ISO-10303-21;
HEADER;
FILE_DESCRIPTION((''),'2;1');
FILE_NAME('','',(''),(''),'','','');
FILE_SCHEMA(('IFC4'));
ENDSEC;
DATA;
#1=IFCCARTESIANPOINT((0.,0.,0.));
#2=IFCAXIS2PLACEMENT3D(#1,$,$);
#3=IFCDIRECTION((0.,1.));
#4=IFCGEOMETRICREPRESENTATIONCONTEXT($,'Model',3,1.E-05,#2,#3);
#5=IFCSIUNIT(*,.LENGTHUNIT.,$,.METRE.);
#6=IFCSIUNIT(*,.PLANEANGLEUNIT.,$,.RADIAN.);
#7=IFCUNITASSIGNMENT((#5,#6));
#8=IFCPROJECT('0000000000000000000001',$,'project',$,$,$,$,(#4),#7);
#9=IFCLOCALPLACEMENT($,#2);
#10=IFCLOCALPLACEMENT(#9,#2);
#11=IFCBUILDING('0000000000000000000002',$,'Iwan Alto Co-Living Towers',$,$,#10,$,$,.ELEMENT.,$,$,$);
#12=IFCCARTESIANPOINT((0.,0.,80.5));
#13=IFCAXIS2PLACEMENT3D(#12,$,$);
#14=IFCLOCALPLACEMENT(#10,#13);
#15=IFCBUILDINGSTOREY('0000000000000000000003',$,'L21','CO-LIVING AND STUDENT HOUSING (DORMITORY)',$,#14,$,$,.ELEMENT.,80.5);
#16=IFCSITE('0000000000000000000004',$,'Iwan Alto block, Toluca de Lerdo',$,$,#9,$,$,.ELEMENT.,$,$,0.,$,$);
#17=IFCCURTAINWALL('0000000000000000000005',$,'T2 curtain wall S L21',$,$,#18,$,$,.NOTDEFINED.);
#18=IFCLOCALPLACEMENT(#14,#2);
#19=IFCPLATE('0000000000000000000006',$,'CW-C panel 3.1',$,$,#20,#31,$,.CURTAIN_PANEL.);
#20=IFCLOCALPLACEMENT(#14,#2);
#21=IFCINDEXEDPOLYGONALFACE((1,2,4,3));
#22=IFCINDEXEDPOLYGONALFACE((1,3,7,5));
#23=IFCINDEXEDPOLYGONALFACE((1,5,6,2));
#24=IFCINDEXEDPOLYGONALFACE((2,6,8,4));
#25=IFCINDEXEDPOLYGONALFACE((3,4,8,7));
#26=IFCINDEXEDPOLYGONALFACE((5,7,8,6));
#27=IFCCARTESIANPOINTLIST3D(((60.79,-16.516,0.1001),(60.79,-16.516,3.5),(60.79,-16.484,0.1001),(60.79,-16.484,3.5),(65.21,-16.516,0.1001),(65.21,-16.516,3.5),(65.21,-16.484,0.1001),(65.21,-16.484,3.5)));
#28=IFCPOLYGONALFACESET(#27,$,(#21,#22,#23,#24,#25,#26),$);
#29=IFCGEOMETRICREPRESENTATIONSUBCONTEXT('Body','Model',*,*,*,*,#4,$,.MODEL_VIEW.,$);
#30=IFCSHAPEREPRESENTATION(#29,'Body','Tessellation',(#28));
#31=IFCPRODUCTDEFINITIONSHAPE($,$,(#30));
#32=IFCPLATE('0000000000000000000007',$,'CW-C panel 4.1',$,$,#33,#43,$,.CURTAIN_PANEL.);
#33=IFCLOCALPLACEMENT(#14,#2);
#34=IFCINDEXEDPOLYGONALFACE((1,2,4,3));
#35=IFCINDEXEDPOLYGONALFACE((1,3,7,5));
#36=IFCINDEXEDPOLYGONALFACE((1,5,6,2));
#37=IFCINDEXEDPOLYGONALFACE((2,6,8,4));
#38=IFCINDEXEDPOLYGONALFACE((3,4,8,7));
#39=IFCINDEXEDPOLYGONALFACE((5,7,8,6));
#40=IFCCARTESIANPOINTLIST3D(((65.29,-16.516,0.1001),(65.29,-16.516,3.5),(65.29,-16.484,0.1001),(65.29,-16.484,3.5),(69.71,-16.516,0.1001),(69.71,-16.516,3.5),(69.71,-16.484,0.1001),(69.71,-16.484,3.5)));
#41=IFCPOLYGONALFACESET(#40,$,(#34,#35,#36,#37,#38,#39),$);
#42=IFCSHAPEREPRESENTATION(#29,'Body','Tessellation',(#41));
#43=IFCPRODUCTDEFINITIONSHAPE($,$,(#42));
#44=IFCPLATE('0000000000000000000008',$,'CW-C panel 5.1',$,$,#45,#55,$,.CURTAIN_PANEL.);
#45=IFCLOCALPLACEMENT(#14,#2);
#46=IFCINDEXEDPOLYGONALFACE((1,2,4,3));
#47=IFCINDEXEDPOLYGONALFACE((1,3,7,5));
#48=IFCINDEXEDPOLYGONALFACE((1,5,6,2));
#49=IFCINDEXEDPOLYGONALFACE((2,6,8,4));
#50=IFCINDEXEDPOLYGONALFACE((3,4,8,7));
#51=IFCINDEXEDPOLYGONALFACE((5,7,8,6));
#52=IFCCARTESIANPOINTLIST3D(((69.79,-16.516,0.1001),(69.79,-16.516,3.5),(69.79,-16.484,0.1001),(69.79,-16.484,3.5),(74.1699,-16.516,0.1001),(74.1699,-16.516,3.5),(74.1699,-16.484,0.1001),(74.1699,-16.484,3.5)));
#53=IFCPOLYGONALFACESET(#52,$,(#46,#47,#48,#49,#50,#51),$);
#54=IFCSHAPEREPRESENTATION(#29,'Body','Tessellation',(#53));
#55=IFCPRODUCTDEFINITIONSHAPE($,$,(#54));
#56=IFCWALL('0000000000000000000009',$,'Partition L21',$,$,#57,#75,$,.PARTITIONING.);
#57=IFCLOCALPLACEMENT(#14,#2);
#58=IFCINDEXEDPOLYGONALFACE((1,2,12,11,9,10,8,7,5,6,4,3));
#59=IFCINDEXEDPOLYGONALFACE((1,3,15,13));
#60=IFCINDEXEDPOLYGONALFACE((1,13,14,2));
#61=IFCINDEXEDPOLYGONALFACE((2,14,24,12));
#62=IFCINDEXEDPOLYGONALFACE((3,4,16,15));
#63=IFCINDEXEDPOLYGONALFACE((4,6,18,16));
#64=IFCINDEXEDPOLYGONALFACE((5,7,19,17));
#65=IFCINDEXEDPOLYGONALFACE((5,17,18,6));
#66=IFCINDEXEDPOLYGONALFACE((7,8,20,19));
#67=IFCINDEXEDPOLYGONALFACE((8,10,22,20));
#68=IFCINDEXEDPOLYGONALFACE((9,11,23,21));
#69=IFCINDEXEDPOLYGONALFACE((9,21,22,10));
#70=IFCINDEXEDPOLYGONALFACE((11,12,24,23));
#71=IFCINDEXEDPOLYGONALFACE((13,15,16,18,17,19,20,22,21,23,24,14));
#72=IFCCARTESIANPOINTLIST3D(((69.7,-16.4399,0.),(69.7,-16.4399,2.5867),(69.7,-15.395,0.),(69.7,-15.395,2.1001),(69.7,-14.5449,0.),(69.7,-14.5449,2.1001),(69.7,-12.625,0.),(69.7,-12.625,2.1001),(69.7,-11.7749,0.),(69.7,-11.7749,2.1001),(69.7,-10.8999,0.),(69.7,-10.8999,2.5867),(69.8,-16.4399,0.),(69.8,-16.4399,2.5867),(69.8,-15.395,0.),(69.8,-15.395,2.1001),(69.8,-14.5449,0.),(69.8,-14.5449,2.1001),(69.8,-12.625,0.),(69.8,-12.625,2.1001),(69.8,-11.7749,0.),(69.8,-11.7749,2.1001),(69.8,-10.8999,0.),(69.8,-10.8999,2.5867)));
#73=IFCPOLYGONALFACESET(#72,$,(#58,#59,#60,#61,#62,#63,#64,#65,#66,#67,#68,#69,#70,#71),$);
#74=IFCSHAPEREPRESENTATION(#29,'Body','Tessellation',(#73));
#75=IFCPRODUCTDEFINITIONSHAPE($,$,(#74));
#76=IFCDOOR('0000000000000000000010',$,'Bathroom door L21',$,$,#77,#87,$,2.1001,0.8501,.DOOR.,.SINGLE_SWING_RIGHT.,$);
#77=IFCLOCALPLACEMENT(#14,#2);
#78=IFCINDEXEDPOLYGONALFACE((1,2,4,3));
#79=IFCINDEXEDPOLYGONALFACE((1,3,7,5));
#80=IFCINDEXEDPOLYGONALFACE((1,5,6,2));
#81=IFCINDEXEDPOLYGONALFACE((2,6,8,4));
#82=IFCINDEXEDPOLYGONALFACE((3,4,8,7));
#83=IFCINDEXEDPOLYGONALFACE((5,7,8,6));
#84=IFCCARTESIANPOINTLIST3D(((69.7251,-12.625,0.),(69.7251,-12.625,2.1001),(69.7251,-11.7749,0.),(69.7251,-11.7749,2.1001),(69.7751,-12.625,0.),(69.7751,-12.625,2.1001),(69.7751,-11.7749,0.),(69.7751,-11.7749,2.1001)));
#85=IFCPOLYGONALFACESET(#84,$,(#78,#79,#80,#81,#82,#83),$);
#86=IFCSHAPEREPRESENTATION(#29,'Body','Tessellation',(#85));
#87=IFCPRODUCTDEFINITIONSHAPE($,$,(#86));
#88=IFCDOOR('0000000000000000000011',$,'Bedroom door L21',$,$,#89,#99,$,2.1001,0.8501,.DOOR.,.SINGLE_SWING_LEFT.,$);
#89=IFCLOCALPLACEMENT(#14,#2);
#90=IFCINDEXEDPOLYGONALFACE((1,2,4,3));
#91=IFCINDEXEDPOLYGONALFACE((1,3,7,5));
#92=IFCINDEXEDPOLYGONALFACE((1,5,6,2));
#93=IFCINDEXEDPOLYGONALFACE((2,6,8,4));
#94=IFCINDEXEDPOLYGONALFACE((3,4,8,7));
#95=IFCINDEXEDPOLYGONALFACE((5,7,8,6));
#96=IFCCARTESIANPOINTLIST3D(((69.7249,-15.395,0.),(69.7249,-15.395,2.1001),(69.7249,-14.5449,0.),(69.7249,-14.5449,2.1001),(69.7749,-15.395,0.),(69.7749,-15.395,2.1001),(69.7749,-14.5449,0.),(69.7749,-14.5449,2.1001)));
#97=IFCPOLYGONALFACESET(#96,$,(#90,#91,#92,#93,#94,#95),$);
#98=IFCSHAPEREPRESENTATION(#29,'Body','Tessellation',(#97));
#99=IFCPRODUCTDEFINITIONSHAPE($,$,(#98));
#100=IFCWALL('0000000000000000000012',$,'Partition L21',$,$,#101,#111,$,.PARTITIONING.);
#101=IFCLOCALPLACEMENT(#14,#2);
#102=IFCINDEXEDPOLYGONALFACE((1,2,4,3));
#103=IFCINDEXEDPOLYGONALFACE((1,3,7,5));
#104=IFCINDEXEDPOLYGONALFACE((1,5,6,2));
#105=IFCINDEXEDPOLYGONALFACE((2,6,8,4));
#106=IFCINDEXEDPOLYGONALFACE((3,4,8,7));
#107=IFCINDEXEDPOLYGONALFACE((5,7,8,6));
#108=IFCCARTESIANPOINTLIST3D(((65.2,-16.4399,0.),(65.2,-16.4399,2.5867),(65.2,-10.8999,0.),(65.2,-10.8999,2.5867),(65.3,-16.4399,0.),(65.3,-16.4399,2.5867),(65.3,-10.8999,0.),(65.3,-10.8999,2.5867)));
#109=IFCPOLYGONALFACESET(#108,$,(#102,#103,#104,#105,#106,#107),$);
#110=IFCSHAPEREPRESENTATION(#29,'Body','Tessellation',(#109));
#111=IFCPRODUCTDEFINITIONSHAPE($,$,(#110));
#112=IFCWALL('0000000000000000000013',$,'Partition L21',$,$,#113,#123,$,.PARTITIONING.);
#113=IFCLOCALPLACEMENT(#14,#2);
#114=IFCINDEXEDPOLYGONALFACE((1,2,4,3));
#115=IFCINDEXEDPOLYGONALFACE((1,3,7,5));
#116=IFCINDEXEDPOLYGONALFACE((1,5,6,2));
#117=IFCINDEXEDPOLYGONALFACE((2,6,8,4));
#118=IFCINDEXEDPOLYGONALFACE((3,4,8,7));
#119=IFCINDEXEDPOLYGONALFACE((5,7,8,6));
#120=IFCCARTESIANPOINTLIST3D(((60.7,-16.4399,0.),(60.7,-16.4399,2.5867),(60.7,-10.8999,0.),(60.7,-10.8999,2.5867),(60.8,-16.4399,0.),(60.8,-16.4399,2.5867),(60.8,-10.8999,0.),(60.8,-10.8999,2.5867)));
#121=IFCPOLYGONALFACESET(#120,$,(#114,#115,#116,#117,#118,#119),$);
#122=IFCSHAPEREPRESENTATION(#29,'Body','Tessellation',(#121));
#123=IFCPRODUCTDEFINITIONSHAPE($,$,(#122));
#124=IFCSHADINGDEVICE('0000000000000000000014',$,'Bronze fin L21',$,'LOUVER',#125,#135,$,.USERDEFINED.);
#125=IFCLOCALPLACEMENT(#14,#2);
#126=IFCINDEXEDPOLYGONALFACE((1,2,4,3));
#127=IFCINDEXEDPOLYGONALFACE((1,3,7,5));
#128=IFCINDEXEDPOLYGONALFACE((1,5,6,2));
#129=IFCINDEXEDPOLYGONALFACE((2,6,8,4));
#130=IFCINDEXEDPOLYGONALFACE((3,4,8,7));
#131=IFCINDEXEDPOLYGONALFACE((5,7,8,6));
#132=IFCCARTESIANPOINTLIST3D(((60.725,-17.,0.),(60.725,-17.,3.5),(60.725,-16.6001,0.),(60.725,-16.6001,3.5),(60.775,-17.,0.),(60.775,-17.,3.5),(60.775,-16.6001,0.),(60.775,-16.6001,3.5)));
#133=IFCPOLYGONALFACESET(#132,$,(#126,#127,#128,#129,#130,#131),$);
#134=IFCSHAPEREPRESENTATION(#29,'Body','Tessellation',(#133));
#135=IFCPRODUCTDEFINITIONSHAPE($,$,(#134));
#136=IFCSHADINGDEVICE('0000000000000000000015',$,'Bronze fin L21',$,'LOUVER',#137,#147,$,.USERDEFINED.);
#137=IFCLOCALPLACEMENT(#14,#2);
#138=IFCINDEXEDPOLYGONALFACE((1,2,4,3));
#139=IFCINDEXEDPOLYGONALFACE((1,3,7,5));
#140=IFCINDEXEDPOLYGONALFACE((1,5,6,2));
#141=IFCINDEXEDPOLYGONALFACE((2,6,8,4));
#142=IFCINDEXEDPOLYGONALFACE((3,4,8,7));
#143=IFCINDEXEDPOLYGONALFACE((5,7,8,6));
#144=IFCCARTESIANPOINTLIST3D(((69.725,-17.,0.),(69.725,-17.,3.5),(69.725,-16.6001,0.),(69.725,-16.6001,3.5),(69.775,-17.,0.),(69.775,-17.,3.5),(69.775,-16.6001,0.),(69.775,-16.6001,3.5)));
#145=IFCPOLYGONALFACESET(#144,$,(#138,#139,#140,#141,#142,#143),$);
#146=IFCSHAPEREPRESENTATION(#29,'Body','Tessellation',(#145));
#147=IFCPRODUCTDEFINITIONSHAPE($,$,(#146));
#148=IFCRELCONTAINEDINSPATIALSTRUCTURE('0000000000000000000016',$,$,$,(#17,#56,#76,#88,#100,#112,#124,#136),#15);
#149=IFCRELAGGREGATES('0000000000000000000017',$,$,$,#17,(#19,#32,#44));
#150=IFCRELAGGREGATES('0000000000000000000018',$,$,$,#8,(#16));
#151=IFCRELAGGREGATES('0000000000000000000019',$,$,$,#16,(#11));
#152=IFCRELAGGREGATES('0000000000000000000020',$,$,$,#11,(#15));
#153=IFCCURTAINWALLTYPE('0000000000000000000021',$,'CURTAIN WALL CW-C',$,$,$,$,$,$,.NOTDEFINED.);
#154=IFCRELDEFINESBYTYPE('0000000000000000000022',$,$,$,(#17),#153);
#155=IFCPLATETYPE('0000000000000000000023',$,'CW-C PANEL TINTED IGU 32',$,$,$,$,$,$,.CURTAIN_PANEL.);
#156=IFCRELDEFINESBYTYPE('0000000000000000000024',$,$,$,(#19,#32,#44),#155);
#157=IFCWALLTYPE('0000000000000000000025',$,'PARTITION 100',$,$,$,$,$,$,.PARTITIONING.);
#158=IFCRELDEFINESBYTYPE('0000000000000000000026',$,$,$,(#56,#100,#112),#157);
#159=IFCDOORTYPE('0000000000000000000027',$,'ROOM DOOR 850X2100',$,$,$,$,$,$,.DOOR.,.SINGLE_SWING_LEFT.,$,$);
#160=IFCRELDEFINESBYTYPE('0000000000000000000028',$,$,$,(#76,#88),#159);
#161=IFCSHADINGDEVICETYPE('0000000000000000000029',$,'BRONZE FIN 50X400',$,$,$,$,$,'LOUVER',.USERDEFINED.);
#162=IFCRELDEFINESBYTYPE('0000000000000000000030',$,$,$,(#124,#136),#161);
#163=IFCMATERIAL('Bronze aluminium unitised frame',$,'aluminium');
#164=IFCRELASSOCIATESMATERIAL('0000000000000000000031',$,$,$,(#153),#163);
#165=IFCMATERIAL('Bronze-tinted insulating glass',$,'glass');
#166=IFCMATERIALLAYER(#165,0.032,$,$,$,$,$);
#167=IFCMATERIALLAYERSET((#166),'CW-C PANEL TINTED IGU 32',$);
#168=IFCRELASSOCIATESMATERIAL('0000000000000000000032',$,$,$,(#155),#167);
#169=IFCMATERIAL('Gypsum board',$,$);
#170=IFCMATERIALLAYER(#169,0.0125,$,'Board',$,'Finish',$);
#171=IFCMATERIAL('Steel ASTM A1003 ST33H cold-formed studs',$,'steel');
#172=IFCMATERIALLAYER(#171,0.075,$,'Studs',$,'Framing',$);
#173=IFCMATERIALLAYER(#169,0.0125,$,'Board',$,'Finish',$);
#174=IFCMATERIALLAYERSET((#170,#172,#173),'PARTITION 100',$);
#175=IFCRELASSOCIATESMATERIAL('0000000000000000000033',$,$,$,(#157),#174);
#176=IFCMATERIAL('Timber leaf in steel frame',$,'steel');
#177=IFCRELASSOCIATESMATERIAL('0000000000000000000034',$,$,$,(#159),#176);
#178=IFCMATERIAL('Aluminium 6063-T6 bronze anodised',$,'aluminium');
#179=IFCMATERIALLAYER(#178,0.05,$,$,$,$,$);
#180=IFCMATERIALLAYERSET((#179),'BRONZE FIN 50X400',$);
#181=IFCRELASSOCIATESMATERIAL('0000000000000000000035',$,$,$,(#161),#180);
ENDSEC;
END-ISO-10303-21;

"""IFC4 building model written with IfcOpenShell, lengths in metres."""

from ifc_helpers import new_model, si_unit, direction, frame, frame_2d, origin, origin_2d, place, context, subcontext, project, spatial, rectangle, extrude, material, layer, layer_set, type_object, element, fill, aggregate, save


model = new_model("IFC4")

# Units and contexts
model_context = context("Model", 3, precision=1e-05, world=origin(), true_north=direction((0.0, 1.0)))
body_context = subcontext(model_context, "Body", "Model", "MODEL_VIEW")
ifc_project = project(units=[si_unit("LENGTHUNIT", "METRE"), si_unit("PLANEANGLEUNIT", "RADIAN")], contexts=[model_context])

# Site, building, storey
site_placement = place(None, origin())
site = spatial("IfcSite", under=ifc_project, at=site_placement, Name="Iwan Alto block, Toluca de Lerdo", CompositionType="ELEMENT", RefElevation=0.0)
building_placement = place(site_placement, origin())
building = spatial("IfcBuilding", under=site, at=building_placement, Name="Iwan Alto Co-Living Towers", CompositionType="ELEMENT")
storey_placement = place(building_placement, frame((0.0, 0.0, 80.5)))
storey = spatial("IfcBuildingStorey", under=building, at=storey_placement, Name="L21", Description="CO-LIVING AND STUDENT HOUSING (DORMITORY)", CompositionType="ELEMENT", Elevation=80.5)

# Curtain wall
ifc_material_1 = material(Name="Bronze aluminium unitised frame", Category="aluminium")
curtain_wall_type = type_object("IfcCurtainWallType", Name="CURTAIN WALL CW-C", PredefinedType="NOTDEFINED", material=ifc_material_1)
curtain_wall_placement = place(storey_placement, origin())
curtain_wall = element("IfcCurtainWall", 1, at=curtain_wall_placement, inside=storey, type_object=curtain_wall_type, Name="T2 curtain wall S L21", PredefinedType="NOTDEFINED")

# Plates
ifc_material_2 = material(Name="Bronze-tinted insulating glass", Category="glass")
ifc_layer_1 = layer(ifc_material_2, 0.032)
ifc_layer_set_1 = layer_set([ifc_layer_1], Name="CW-C PANEL TINTED IGU 32")
plate_type = type_object("IfcPlateType", Name="CW-C PANEL TINTED IGU 32", PredefinedType="CURTAIN_PANEL", material=ifc_layer_set_1)
plate_1_placement = place(storey_placement, frame((63.0, -16.5, 0.1001), z_axis=(0.0, 0.0, 1.0), x_axis=(1.0, 0.0, 0.0)))
plate_1 = element("IfcPlate", 2, at=plate_1_placement, type_object=plate_type, Name="CW-C panel 3.1", PredefinedType="CURTAIN_PANEL", context=body_context, shape_type="SweptSolid", body=[
    extrude(rectangle(XDim=4.4199, YDim=0.032, at=origin_2d()), origin(), (0.0, 0.0, 1.0), 3.3999),
])
plate_2_placement = place(storey_placement, frame((67.5, -16.5, 0.1001), z_axis=(0.0, 0.0, 1.0), x_axis=(1.0, 0.0, 0.0)))
plate_2 = element("IfcPlate", 3, at=plate_2_placement, type_object=plate_type, Name="CW-C panel 4.1", PredefinedType="CURTAIN_PANEL", context=body_context, shape_type="SweptSolid", body=[
    extrude(rectangle(XDim=4.4199, YDim=0.032, at=origin_2d()), origin(), (0.0, 0.0, 1.0), 3.3999),
])
plate_3_placement = place(storey_placement, frame((71.98, -16.5, 0.1001), z_axis=(0.0, 0.0, 1.0), x_axis=(1.0, 0.0, 0.0)))
plate_3 = element("IfcPlate", 4, at=plate_3_placement, type_object=plate_type, Name="CW-C panel 5.1", PredefinedType="CURTAIN_PANEL", context=body_context, shape_type="SweptSolid", body=[
    extrude(rectangle(XDim=4.3799, YDim=0.032, at=origin_2d()), origin(), (0.0, 0.0, 1.0), 3.3999),
])
aggregate(curtain_wall, [plate_1, plate_2, plate_3])

# Wall, openings, doors
ifc_material_3 = material(Name="Gypsum board")
ifc_layer_2 = layer(ifc_material_3, 0.0125, Name="Board", Category="Finish")
ifc_material_4 = material(Name="Steel ASTM A1003 ST33H cold-formed studs", Category="steel")
ifc_layer_3 = layer(ifc_material_4, 0.075, Name="Studs", Category="Framing")
ifc_layer_4 = layer(ifc_material_3, 0.0125, Name="Board", Category="Finish")
ifc_layer_set_2 = layer_set([ifc_layer_2, ifc_layer_3, ifc_layer_4], Name="PARTITION 100")
wall_type = type_object("IfcWallType", Name="PARTITION 100", PredefinedType="PARTITIONING", material=ifc_layer_set_2)
wall_placement = place(storey_placement, frame((69.75, -16.4399, 0.0), z_axis=(0.0, 0.0, 1.0), x_axis=(0.0, 1.0, 0.0)))
wall = element("IfcWall", 5, at=wall_placement, inside=storey, type_object=wall_type, Name="Partition L21", PredefinedType="PARTITIONING", context=body_context, shape_type="SweptSolid", body=[
    extrude(rectangle(XDim=5.54, YDim=0.1001, at=frame_2d((2.77, 0.0))), origin(), (0.0, 0.0, 1.0), 2.5867),
])
opening_1_placement = place(wall_placement, frame((3.8149, 0.0, 0.0)))
opening_1 = element("IfcOpeningElement", 6, at=opening_1_placement, cuts=wall, PredefinedType="OPENING", context=body_context, shape_type="SweptSolid", body=[
    extrude(rectangle(XDim=0.8501, YDim=2.1001, at=frame_2d((0.425, 1.05))), frame((0.0, 0.0601, 0.0), z_axis=(0.0, -1.0, 0.0), x_axis=(1.0, 0.0, 0.0)), (0.0, 0.0, 1.0), 0.1201),
])
opening_2_placement = place(wall_placement, frame((1.0449, 0.0, 0.0)))
opening_2 = element("IfcOpeningElement", 7, at=opening_2_placement, cuts=wall, PredefinedType="OPENING", context=body_context, shape_type="SweptSolid", body=[
    extrude(rectangle(XDim=0.8501, YDim=2.1001, at=frame_2d((0.425, 1.05))), frame((0.0, 0.0601, 0.0), z_axis=(0.0, -1.0, 0.0), x_axis=(1.0, 0.0, 0.0)), (0.0, 0.0, 1.0), 0.1201),
])
ifc_material_5 = material(Name="Timber leaf in steel frame", Category="steel")
door_type = type_object("IfcDoorType", Name="ROOM DOOR 850X2100", OperationType="SINGLE_SWING_LEFT", PredefinedType="DOOR", material=ifc_material_5)
door_1_placement = place(opening_1_placement, origin())
door_1 = element("IfcDoor", 8, at=door_1_placement, inside=storey, type_object=door_type, Name="Bathroom door L21", OperationType="SINGLE_SWING_RIGHT", OverallHeight=2.1001, OverallWidth=0.8501, PredefinedType="DOOR", context=body_context, shape_type="SweptSolid", body=[
    extrude(rectangle(XDim=0.8501, YDim=2.1001, at=frame_2d((0.425, 1.05))), frame((0.0, 0.0249, 0.0), z_axis=(0.0, -1.0, 0.0), x_axis=(1.0, 0.0, 0.0)), (0.0, 0.0, 1.0), 0.05),
])
fill(opening_1, door_1)
door_2_placement = place(opening_2_placement, frame((0.8501, 0.0, 0.0), z_axis=(0.0, 0.0, 1.0), x_axis=(-1.0, 0.0, 0.0)))
door_2 = element("IfcDoor", 9, at=door_2_placement, inside=storey, type_object=door_type, Name="Bedroom door L21", OperationType="SINGLE_SWING_LEFT", OverallHeight=2.1001, OverallWidth=0.8501, PredefinedType="DOOR", context=body_context, shape_type="SweptSolid", body=[
    extrude(rectangle(XDim=0.8501, YDim=2.1001, at=frame_2d((0.425, 1.05))), frame((0.0, 0.0249, 0.0), z_axis=(0.0, -1.0, 0.0), x_axis=(1.0, 0.0, 0.0)), (0.0, 0.0, 1.0), 0.05),
])
fill(opening_2, door_2)

# Walls
for number, where, z_axis, x_axis, name in (
    (10, (65.25, -16.4399, 0.0), (0.0, 0.0, 1.0), (0.0, 1.0, 0.0), "Partition L21"),
    (11, (60.75, -16.4399, 0.0), (0.0, 0.0, 1.0), (0.0, 1.0, 0.0), "Partition L21"),
):
    element("IfcWall", number, at=place(storey_placement, frame(where, z_axis=z_axis, x_axis=x_axis)), inside=storey, type_object=wall_type, Name=name, PredefinedType="PARTITIONING", context=body_context, shape_type="SweptSolid", body=[
        extrude(rectangle(XDim=5.54, YDim=0.1001, at=frame_2d((2.77, 0.0))), origin(), (0.0, 0.0, 1.0), 2.5867),
    ])

# Shading devices
ifc_material_6 = material(Name="Aluminium 6063-T6 bronze anodised", Category="aluminium")
ifc_layer_5 = layer(ifc_material_6, 0.05)
ifc_layer_set_3 = layer_set([ifc_layer_5], Name="BRONZE FIN 50X400")
shading_device_type = type_object("IfcShadingDeviceType", Name="BRONZE FIN 50X400", ElementType="LOUVER", PredefinedType="USERDEFINED", material=ifc_layer_set_3)
for number, where, z_axis, x_axis, name in (
    (12, (60.75, -16.8, 0.0), (0.0, 0.0, 1.0), (1.0, 0.0, 0.0), "Bronze fin L21"),
    (13, (69.75, -16.8, 0.0), (0.0, 0.0, 1.0), (1.0, 0.0, 0.0), "Bronze fin L21"),
):
    element("IfcShadingDevice", number, at=place(storey_placement, frame(where, z_axis=z_axis, x_axis=x_axis)), inside=storey, type_object=shading_device_type, Name=name, ObjectType="LOUVER", PredefinedType="USERDEFINED", context=body_context, shape_type="SweptSolid", body=[
        extrude(rectangle(XDim=0.05, YDim=0.3999, at=origin_2d()), origin(), (0.0, 0.0, 1.0), 3.5),
    ])

save(model, "model.ifc")
